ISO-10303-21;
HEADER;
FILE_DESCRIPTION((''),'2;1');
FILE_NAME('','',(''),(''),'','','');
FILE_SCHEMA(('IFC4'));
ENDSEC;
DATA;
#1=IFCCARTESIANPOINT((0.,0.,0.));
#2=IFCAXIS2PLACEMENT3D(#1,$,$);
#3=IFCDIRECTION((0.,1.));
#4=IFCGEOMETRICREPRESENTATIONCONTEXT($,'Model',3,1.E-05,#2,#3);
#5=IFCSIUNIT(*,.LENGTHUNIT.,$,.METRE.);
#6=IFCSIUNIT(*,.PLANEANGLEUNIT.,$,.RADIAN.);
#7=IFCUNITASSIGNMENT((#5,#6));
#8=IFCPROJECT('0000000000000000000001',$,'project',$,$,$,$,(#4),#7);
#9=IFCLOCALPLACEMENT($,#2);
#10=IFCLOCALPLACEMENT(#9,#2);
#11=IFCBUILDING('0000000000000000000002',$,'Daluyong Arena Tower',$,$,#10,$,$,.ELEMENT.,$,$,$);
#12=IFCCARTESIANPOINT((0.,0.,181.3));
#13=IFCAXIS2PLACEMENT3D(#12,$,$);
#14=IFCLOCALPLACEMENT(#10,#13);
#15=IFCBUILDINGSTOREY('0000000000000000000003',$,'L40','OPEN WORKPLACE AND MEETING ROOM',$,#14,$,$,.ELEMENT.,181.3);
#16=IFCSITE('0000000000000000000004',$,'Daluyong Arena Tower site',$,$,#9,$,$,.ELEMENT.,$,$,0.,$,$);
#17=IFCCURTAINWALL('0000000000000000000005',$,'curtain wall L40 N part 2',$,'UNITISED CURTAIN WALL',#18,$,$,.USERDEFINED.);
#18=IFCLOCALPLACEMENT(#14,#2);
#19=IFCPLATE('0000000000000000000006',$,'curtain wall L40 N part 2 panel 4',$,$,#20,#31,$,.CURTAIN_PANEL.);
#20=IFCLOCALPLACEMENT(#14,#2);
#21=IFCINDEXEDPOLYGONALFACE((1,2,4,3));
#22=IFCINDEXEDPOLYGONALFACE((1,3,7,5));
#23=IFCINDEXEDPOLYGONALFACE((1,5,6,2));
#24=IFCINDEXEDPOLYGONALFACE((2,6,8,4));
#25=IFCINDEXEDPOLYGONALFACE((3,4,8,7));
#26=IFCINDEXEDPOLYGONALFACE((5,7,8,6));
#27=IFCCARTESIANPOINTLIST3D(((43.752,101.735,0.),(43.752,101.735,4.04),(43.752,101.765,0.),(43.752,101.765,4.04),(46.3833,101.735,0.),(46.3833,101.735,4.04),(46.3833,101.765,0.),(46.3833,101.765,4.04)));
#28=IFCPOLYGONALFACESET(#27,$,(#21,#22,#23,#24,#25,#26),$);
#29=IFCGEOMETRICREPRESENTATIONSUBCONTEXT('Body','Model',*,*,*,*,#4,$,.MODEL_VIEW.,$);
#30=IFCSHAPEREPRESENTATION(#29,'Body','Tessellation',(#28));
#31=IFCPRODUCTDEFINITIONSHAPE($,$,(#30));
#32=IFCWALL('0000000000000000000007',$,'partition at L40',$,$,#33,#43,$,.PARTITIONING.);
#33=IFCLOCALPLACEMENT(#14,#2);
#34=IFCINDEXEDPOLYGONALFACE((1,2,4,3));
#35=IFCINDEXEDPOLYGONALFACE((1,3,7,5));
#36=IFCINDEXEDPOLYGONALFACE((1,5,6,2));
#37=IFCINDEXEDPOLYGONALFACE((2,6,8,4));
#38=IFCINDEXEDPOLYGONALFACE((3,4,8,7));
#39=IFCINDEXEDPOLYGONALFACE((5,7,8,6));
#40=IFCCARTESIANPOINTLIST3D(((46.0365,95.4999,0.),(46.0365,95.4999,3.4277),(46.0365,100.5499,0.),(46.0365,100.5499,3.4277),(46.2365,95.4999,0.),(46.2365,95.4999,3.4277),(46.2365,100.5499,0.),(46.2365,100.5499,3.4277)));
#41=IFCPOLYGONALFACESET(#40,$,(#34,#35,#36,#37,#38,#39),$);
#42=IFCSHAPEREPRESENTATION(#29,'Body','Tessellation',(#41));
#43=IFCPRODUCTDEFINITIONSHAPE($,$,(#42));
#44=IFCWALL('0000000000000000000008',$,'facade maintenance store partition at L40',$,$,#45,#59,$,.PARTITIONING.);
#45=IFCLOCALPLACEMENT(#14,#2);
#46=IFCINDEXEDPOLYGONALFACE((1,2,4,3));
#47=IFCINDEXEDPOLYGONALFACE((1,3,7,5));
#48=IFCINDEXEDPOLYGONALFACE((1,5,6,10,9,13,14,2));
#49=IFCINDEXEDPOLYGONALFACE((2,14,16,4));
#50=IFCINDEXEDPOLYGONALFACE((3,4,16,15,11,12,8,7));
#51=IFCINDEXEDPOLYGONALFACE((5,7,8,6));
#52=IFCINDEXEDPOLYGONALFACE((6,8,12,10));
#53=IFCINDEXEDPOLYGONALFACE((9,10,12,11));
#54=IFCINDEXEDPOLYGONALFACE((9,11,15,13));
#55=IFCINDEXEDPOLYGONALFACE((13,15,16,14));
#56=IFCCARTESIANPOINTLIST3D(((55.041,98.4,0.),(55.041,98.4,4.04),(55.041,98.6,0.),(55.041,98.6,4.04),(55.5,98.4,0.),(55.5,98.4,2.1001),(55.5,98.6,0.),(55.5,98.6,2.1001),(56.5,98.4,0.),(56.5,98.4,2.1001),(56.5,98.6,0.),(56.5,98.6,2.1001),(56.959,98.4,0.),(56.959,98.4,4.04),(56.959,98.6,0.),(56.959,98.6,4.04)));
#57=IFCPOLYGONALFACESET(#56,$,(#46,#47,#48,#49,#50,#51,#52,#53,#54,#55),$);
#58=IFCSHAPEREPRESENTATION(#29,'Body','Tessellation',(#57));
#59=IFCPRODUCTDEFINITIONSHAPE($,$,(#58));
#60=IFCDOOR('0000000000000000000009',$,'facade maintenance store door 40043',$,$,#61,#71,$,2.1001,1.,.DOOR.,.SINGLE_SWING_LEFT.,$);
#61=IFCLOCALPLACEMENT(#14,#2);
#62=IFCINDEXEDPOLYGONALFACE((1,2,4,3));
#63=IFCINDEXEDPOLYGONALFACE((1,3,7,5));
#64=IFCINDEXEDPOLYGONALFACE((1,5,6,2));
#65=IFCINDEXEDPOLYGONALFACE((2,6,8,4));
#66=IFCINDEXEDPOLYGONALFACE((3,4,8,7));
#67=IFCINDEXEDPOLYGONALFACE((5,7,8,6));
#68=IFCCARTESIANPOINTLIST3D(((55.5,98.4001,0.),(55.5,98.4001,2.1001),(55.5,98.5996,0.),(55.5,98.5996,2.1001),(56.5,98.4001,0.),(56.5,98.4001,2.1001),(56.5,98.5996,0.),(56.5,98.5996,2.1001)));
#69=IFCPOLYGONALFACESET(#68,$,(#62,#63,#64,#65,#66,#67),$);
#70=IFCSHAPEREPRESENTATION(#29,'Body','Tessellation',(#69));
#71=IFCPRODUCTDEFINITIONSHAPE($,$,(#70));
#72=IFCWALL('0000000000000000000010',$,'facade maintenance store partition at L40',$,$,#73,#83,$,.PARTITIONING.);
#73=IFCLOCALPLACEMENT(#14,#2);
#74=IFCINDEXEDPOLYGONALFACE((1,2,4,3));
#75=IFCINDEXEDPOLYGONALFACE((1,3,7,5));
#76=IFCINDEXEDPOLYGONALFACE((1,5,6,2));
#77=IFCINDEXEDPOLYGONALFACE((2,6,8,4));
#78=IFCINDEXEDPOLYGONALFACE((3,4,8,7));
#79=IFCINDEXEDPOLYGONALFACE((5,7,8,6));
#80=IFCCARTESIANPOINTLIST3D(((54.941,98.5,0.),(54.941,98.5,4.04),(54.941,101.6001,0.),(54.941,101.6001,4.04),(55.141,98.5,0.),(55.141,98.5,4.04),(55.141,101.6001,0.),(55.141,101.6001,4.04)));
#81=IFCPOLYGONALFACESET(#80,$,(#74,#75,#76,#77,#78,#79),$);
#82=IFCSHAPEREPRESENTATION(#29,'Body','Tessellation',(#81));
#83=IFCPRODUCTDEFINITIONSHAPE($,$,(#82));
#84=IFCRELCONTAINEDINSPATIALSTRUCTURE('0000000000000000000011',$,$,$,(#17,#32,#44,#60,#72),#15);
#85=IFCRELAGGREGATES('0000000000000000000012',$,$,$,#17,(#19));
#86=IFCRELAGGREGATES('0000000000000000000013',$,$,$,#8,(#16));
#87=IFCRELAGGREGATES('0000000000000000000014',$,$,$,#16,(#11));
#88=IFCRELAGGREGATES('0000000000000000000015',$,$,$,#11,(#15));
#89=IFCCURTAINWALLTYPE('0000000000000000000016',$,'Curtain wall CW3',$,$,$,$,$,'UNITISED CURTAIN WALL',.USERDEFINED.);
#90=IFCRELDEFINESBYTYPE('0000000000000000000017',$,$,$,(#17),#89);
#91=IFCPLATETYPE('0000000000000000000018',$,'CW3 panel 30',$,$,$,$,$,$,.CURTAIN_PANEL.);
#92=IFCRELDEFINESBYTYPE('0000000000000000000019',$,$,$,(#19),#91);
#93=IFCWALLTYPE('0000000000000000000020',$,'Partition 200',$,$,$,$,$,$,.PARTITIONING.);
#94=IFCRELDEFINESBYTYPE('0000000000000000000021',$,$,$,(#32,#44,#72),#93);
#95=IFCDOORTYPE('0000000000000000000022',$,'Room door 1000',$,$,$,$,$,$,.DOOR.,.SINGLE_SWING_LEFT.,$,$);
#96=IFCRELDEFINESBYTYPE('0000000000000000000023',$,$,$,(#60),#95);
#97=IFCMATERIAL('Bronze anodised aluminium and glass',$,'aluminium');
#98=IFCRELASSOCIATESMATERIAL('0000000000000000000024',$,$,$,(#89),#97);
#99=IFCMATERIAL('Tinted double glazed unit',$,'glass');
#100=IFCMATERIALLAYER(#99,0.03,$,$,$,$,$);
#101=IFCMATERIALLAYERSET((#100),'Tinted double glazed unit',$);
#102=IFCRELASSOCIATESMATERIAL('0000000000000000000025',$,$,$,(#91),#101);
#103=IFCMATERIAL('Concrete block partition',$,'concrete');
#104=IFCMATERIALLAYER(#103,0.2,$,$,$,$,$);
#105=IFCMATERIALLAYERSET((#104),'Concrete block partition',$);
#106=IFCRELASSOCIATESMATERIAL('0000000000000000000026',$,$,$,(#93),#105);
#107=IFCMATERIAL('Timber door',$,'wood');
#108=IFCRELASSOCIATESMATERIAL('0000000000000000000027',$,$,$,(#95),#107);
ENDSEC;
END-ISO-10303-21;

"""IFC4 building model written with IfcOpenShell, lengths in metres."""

from ifc_helpers import new_model, si_unit, direction, frame, frame_2d, origin, origin_2d, place, context, subcontext, project, spatial, rectangle, extrude, material, layer, layer_set, type_object, element, fill, aggregate, save


model = new_model("IFC4")

# Units and contexts
model_context = context("Model", 3, precision=1e-05, world=origin(), true_north=direction((0.0, 1.0)))
body_context = subcontext(model_context, "Body", "Model", "MODEL_VIEW")
ifc_project = project(units=[si_unit("LENGTHUNIT", "METRE"), si_unit("PLANEANGLEUNIT", "RADIAN")], contexts=[model_context])

# Site, building, storey
site_placement = place(None, origin())
site = spatial("IfcSite", under=ifc_project, at=site_placement, Name="Daluyong Arena Tower site", CompositionType="ELEMENT", RefElevation=0.0)
building_placement = place(site_placement, origin())
building = spatial("IfcBuilding", under=site, at=building_placement, Name="Daluyong Arena Tower", CompositionType="ELEMENT")
storey_placement = place(building_placement, frame((0.0, 0.0, 181.3)))
storey = spatial("IfcBuildingStorey", under=building, at=storey_placement, Name="L40", Description="OPEN WORKPLACE AND MEETING ROOM", CompositionType="ELEMENT", Elevation=181.3)

# Curtain wall
ifc_material_1 = material(Name="Bronze anodised aluminium and glass", Category="aluminium")
curtain_wall_type = type_object("IfcCurtainWallType", Name="Curtain wall CW3", ElementType="UNITISED CURTAIN WALL", PredefinedType="USERDEFINED", material=ifc_material_1)
curtain_wall_placement = place(storey_placement, origin())
curtain_wall = element("IfcCurtainWall", 1, at=curtain_wall_placement, inside=storey, type_object=curtain_wall_type, Name="curtain wall L40 N part 2", ObjectType="UNITISED CURTAIN WALL", PredefinedType="USERDEFINED")

# Plate
ifc_material_2 = material(Name="Tinted double glazed unit", Category="glass")
ifc_layer_1 = layer(ifc_material_2, 0.03)
ifc_layer_set_1 = layer_set([ifc_layer_1], Name="Tinted double glazed unit")
plate_type = type_object("IfcPlateType", Name="CW3 panel 30", PredefinedType="CURTAIN_PANEL", material=ifc_layer_set_1)
plate_1_placement = place(storey_placement, frame((45.0676, 101.75, 0.0), z_axis=(0.0, 0.0, 1.0), x_axis=(-1.0, 0.0, 0.0)))
plate_1 = element("IfcPlate", 2, at=plate_1_placement, type_object=plate_type, Name="curtain wall L40 N part 2 panel 4", PredefinedType="CURTAIN_PANEL", context=body_context, shape_type="SweptSolid", body=[
    extrude(rectangle(XDim=2.6313, YDim=0.03, at=origin_2d()), origin(), (0.0, 0.0, 1.0), 4.04),
])
aggregate(curtain_wall, [plate_1])

# Wall
ifc_material_3 = material(Name="Concrete block partition", Category="concrete")
ifc_layer_2 = layer(ifc_material_3, 0.2)
ifc_layer_set_2 = layer_set([ifc_layer_2], Name="Concrete block partition")
wall_type = type_object("IfcWallType", Name="Partition 200", PredefinedType="PARTITIONING", material=ifc_layer_set_2)
wall_1_placement = place(storey_placement, frame((46.1365, 95.5, 0.0), z_axis=(0.0, 0.0, 1.0), x_axis=(0.0, 1.0, 0.0)))
element("IfcWall", 3, at=wall_1_placement, inside=storey, type_object=wall_type, Name="partition at L40", PredefinedType="PARTITIONING", context=body_context, shape_type="SweptSolid", body=[
    extrude(rectangle(XDim=5.05, YDim=0.2, at=frame_2d((2.5249, 0.0))), origin(), (0.0, 0.0, 1.0), 3.4277),
])

# Wall, opening, door
wall_2_placement = place(storey_placement, frame((55.041, 98.5, 0.0), z_axis=(0.0, 0.0, 1.0), x_axis=(1.0, 0.0, 0.0)))
wall_2 = element("IfcWall", 4, at=wall_2_placement, inside=storey, type_object=wall_type, Name="facade maintenance store partition at L40", PredefinedType="PARTITIONING", context=body_context, shape_type="SweptSolid", body=[
    extrude(rectangle(XDim=1.918, YDim=0.2, at=frame_2d((0.959, 0.0))), origin(), (0.0, 0.0, 1.0), 4.04),
])
opening_placement = place(wall_2_placement, frame((0.459, 0.0, 0.0)))
opening = element("IfcOpeningElement", 5, at=opening_placement, cuts=wall_2, PredefinedType="OPENING", context=body_context, shape_type="SweptSolid", body=[
    extrude(rectangle(XDim=1.0, YDim=2.1001, at=frame_2d((0.5, 1.05))), frame((0.0, 0.1099, 0.0), z_axis=(0.0, -1.0, 0.0), x_axis=(1.0, 0.0, 0.0)), (0.0, 0.0, 1.0), 0.22),
])
ifc_material_4 = material(Name="Timber door", Category="wood")
door_type = type_object("IfcDoorType", Name="Room door 1000", OperationType="SINGLE_SWING_LEFT", PredefinedType="DOOR", material=ifc_material_4)
door_placement = place(opening_placement, origin())
door = element("IfcDoor", 6, at=door_placement, inside=storey, type_object=door_type, Name="facade maintenance store door 40043", OperationType="SINGLE_SWING_LEFT", OverallHeight=2.1001, OverallWidth=1.0, PredefinedType="DOOR", context=body_context, shape_type="SweptSolid", body=[
    extrude(rectangle(XDim=1.0, YDim=2.1001, at=frame_2d((0.5, 1.05))), frame((0.0, 0.0996, 0.0), z_axis=(0.0, -1.0, 0.0), x_axis=(1.0, 0.0, 0.0)), (0.0, 0.0, 1.0), 0.1995),
])
fill(opening, door)

# Wall
wall_3_placement = place(storey_placement, frame((55.041, 101.6001, 0.0), z_axis=(0.0, 0.0, 1.0), x_axis=(0.0, -1.0, 0.0)))
element("IfcWall", 7, at=wall_3_placement, inside=storey, type_object=wall_type, Name="facade maintenance store partition at L40", PredefinedType="PARTITIONING", context=body_context, shape_type="SweptSolid", body=[
    extrude(rectangle(XDim=3.1001, YDim=0.2, at=frame_2d((1.55, 0.0))), origin(), (0.0, 0.0, 1.0), 4.04),
])

save(model, "model.ifc")
